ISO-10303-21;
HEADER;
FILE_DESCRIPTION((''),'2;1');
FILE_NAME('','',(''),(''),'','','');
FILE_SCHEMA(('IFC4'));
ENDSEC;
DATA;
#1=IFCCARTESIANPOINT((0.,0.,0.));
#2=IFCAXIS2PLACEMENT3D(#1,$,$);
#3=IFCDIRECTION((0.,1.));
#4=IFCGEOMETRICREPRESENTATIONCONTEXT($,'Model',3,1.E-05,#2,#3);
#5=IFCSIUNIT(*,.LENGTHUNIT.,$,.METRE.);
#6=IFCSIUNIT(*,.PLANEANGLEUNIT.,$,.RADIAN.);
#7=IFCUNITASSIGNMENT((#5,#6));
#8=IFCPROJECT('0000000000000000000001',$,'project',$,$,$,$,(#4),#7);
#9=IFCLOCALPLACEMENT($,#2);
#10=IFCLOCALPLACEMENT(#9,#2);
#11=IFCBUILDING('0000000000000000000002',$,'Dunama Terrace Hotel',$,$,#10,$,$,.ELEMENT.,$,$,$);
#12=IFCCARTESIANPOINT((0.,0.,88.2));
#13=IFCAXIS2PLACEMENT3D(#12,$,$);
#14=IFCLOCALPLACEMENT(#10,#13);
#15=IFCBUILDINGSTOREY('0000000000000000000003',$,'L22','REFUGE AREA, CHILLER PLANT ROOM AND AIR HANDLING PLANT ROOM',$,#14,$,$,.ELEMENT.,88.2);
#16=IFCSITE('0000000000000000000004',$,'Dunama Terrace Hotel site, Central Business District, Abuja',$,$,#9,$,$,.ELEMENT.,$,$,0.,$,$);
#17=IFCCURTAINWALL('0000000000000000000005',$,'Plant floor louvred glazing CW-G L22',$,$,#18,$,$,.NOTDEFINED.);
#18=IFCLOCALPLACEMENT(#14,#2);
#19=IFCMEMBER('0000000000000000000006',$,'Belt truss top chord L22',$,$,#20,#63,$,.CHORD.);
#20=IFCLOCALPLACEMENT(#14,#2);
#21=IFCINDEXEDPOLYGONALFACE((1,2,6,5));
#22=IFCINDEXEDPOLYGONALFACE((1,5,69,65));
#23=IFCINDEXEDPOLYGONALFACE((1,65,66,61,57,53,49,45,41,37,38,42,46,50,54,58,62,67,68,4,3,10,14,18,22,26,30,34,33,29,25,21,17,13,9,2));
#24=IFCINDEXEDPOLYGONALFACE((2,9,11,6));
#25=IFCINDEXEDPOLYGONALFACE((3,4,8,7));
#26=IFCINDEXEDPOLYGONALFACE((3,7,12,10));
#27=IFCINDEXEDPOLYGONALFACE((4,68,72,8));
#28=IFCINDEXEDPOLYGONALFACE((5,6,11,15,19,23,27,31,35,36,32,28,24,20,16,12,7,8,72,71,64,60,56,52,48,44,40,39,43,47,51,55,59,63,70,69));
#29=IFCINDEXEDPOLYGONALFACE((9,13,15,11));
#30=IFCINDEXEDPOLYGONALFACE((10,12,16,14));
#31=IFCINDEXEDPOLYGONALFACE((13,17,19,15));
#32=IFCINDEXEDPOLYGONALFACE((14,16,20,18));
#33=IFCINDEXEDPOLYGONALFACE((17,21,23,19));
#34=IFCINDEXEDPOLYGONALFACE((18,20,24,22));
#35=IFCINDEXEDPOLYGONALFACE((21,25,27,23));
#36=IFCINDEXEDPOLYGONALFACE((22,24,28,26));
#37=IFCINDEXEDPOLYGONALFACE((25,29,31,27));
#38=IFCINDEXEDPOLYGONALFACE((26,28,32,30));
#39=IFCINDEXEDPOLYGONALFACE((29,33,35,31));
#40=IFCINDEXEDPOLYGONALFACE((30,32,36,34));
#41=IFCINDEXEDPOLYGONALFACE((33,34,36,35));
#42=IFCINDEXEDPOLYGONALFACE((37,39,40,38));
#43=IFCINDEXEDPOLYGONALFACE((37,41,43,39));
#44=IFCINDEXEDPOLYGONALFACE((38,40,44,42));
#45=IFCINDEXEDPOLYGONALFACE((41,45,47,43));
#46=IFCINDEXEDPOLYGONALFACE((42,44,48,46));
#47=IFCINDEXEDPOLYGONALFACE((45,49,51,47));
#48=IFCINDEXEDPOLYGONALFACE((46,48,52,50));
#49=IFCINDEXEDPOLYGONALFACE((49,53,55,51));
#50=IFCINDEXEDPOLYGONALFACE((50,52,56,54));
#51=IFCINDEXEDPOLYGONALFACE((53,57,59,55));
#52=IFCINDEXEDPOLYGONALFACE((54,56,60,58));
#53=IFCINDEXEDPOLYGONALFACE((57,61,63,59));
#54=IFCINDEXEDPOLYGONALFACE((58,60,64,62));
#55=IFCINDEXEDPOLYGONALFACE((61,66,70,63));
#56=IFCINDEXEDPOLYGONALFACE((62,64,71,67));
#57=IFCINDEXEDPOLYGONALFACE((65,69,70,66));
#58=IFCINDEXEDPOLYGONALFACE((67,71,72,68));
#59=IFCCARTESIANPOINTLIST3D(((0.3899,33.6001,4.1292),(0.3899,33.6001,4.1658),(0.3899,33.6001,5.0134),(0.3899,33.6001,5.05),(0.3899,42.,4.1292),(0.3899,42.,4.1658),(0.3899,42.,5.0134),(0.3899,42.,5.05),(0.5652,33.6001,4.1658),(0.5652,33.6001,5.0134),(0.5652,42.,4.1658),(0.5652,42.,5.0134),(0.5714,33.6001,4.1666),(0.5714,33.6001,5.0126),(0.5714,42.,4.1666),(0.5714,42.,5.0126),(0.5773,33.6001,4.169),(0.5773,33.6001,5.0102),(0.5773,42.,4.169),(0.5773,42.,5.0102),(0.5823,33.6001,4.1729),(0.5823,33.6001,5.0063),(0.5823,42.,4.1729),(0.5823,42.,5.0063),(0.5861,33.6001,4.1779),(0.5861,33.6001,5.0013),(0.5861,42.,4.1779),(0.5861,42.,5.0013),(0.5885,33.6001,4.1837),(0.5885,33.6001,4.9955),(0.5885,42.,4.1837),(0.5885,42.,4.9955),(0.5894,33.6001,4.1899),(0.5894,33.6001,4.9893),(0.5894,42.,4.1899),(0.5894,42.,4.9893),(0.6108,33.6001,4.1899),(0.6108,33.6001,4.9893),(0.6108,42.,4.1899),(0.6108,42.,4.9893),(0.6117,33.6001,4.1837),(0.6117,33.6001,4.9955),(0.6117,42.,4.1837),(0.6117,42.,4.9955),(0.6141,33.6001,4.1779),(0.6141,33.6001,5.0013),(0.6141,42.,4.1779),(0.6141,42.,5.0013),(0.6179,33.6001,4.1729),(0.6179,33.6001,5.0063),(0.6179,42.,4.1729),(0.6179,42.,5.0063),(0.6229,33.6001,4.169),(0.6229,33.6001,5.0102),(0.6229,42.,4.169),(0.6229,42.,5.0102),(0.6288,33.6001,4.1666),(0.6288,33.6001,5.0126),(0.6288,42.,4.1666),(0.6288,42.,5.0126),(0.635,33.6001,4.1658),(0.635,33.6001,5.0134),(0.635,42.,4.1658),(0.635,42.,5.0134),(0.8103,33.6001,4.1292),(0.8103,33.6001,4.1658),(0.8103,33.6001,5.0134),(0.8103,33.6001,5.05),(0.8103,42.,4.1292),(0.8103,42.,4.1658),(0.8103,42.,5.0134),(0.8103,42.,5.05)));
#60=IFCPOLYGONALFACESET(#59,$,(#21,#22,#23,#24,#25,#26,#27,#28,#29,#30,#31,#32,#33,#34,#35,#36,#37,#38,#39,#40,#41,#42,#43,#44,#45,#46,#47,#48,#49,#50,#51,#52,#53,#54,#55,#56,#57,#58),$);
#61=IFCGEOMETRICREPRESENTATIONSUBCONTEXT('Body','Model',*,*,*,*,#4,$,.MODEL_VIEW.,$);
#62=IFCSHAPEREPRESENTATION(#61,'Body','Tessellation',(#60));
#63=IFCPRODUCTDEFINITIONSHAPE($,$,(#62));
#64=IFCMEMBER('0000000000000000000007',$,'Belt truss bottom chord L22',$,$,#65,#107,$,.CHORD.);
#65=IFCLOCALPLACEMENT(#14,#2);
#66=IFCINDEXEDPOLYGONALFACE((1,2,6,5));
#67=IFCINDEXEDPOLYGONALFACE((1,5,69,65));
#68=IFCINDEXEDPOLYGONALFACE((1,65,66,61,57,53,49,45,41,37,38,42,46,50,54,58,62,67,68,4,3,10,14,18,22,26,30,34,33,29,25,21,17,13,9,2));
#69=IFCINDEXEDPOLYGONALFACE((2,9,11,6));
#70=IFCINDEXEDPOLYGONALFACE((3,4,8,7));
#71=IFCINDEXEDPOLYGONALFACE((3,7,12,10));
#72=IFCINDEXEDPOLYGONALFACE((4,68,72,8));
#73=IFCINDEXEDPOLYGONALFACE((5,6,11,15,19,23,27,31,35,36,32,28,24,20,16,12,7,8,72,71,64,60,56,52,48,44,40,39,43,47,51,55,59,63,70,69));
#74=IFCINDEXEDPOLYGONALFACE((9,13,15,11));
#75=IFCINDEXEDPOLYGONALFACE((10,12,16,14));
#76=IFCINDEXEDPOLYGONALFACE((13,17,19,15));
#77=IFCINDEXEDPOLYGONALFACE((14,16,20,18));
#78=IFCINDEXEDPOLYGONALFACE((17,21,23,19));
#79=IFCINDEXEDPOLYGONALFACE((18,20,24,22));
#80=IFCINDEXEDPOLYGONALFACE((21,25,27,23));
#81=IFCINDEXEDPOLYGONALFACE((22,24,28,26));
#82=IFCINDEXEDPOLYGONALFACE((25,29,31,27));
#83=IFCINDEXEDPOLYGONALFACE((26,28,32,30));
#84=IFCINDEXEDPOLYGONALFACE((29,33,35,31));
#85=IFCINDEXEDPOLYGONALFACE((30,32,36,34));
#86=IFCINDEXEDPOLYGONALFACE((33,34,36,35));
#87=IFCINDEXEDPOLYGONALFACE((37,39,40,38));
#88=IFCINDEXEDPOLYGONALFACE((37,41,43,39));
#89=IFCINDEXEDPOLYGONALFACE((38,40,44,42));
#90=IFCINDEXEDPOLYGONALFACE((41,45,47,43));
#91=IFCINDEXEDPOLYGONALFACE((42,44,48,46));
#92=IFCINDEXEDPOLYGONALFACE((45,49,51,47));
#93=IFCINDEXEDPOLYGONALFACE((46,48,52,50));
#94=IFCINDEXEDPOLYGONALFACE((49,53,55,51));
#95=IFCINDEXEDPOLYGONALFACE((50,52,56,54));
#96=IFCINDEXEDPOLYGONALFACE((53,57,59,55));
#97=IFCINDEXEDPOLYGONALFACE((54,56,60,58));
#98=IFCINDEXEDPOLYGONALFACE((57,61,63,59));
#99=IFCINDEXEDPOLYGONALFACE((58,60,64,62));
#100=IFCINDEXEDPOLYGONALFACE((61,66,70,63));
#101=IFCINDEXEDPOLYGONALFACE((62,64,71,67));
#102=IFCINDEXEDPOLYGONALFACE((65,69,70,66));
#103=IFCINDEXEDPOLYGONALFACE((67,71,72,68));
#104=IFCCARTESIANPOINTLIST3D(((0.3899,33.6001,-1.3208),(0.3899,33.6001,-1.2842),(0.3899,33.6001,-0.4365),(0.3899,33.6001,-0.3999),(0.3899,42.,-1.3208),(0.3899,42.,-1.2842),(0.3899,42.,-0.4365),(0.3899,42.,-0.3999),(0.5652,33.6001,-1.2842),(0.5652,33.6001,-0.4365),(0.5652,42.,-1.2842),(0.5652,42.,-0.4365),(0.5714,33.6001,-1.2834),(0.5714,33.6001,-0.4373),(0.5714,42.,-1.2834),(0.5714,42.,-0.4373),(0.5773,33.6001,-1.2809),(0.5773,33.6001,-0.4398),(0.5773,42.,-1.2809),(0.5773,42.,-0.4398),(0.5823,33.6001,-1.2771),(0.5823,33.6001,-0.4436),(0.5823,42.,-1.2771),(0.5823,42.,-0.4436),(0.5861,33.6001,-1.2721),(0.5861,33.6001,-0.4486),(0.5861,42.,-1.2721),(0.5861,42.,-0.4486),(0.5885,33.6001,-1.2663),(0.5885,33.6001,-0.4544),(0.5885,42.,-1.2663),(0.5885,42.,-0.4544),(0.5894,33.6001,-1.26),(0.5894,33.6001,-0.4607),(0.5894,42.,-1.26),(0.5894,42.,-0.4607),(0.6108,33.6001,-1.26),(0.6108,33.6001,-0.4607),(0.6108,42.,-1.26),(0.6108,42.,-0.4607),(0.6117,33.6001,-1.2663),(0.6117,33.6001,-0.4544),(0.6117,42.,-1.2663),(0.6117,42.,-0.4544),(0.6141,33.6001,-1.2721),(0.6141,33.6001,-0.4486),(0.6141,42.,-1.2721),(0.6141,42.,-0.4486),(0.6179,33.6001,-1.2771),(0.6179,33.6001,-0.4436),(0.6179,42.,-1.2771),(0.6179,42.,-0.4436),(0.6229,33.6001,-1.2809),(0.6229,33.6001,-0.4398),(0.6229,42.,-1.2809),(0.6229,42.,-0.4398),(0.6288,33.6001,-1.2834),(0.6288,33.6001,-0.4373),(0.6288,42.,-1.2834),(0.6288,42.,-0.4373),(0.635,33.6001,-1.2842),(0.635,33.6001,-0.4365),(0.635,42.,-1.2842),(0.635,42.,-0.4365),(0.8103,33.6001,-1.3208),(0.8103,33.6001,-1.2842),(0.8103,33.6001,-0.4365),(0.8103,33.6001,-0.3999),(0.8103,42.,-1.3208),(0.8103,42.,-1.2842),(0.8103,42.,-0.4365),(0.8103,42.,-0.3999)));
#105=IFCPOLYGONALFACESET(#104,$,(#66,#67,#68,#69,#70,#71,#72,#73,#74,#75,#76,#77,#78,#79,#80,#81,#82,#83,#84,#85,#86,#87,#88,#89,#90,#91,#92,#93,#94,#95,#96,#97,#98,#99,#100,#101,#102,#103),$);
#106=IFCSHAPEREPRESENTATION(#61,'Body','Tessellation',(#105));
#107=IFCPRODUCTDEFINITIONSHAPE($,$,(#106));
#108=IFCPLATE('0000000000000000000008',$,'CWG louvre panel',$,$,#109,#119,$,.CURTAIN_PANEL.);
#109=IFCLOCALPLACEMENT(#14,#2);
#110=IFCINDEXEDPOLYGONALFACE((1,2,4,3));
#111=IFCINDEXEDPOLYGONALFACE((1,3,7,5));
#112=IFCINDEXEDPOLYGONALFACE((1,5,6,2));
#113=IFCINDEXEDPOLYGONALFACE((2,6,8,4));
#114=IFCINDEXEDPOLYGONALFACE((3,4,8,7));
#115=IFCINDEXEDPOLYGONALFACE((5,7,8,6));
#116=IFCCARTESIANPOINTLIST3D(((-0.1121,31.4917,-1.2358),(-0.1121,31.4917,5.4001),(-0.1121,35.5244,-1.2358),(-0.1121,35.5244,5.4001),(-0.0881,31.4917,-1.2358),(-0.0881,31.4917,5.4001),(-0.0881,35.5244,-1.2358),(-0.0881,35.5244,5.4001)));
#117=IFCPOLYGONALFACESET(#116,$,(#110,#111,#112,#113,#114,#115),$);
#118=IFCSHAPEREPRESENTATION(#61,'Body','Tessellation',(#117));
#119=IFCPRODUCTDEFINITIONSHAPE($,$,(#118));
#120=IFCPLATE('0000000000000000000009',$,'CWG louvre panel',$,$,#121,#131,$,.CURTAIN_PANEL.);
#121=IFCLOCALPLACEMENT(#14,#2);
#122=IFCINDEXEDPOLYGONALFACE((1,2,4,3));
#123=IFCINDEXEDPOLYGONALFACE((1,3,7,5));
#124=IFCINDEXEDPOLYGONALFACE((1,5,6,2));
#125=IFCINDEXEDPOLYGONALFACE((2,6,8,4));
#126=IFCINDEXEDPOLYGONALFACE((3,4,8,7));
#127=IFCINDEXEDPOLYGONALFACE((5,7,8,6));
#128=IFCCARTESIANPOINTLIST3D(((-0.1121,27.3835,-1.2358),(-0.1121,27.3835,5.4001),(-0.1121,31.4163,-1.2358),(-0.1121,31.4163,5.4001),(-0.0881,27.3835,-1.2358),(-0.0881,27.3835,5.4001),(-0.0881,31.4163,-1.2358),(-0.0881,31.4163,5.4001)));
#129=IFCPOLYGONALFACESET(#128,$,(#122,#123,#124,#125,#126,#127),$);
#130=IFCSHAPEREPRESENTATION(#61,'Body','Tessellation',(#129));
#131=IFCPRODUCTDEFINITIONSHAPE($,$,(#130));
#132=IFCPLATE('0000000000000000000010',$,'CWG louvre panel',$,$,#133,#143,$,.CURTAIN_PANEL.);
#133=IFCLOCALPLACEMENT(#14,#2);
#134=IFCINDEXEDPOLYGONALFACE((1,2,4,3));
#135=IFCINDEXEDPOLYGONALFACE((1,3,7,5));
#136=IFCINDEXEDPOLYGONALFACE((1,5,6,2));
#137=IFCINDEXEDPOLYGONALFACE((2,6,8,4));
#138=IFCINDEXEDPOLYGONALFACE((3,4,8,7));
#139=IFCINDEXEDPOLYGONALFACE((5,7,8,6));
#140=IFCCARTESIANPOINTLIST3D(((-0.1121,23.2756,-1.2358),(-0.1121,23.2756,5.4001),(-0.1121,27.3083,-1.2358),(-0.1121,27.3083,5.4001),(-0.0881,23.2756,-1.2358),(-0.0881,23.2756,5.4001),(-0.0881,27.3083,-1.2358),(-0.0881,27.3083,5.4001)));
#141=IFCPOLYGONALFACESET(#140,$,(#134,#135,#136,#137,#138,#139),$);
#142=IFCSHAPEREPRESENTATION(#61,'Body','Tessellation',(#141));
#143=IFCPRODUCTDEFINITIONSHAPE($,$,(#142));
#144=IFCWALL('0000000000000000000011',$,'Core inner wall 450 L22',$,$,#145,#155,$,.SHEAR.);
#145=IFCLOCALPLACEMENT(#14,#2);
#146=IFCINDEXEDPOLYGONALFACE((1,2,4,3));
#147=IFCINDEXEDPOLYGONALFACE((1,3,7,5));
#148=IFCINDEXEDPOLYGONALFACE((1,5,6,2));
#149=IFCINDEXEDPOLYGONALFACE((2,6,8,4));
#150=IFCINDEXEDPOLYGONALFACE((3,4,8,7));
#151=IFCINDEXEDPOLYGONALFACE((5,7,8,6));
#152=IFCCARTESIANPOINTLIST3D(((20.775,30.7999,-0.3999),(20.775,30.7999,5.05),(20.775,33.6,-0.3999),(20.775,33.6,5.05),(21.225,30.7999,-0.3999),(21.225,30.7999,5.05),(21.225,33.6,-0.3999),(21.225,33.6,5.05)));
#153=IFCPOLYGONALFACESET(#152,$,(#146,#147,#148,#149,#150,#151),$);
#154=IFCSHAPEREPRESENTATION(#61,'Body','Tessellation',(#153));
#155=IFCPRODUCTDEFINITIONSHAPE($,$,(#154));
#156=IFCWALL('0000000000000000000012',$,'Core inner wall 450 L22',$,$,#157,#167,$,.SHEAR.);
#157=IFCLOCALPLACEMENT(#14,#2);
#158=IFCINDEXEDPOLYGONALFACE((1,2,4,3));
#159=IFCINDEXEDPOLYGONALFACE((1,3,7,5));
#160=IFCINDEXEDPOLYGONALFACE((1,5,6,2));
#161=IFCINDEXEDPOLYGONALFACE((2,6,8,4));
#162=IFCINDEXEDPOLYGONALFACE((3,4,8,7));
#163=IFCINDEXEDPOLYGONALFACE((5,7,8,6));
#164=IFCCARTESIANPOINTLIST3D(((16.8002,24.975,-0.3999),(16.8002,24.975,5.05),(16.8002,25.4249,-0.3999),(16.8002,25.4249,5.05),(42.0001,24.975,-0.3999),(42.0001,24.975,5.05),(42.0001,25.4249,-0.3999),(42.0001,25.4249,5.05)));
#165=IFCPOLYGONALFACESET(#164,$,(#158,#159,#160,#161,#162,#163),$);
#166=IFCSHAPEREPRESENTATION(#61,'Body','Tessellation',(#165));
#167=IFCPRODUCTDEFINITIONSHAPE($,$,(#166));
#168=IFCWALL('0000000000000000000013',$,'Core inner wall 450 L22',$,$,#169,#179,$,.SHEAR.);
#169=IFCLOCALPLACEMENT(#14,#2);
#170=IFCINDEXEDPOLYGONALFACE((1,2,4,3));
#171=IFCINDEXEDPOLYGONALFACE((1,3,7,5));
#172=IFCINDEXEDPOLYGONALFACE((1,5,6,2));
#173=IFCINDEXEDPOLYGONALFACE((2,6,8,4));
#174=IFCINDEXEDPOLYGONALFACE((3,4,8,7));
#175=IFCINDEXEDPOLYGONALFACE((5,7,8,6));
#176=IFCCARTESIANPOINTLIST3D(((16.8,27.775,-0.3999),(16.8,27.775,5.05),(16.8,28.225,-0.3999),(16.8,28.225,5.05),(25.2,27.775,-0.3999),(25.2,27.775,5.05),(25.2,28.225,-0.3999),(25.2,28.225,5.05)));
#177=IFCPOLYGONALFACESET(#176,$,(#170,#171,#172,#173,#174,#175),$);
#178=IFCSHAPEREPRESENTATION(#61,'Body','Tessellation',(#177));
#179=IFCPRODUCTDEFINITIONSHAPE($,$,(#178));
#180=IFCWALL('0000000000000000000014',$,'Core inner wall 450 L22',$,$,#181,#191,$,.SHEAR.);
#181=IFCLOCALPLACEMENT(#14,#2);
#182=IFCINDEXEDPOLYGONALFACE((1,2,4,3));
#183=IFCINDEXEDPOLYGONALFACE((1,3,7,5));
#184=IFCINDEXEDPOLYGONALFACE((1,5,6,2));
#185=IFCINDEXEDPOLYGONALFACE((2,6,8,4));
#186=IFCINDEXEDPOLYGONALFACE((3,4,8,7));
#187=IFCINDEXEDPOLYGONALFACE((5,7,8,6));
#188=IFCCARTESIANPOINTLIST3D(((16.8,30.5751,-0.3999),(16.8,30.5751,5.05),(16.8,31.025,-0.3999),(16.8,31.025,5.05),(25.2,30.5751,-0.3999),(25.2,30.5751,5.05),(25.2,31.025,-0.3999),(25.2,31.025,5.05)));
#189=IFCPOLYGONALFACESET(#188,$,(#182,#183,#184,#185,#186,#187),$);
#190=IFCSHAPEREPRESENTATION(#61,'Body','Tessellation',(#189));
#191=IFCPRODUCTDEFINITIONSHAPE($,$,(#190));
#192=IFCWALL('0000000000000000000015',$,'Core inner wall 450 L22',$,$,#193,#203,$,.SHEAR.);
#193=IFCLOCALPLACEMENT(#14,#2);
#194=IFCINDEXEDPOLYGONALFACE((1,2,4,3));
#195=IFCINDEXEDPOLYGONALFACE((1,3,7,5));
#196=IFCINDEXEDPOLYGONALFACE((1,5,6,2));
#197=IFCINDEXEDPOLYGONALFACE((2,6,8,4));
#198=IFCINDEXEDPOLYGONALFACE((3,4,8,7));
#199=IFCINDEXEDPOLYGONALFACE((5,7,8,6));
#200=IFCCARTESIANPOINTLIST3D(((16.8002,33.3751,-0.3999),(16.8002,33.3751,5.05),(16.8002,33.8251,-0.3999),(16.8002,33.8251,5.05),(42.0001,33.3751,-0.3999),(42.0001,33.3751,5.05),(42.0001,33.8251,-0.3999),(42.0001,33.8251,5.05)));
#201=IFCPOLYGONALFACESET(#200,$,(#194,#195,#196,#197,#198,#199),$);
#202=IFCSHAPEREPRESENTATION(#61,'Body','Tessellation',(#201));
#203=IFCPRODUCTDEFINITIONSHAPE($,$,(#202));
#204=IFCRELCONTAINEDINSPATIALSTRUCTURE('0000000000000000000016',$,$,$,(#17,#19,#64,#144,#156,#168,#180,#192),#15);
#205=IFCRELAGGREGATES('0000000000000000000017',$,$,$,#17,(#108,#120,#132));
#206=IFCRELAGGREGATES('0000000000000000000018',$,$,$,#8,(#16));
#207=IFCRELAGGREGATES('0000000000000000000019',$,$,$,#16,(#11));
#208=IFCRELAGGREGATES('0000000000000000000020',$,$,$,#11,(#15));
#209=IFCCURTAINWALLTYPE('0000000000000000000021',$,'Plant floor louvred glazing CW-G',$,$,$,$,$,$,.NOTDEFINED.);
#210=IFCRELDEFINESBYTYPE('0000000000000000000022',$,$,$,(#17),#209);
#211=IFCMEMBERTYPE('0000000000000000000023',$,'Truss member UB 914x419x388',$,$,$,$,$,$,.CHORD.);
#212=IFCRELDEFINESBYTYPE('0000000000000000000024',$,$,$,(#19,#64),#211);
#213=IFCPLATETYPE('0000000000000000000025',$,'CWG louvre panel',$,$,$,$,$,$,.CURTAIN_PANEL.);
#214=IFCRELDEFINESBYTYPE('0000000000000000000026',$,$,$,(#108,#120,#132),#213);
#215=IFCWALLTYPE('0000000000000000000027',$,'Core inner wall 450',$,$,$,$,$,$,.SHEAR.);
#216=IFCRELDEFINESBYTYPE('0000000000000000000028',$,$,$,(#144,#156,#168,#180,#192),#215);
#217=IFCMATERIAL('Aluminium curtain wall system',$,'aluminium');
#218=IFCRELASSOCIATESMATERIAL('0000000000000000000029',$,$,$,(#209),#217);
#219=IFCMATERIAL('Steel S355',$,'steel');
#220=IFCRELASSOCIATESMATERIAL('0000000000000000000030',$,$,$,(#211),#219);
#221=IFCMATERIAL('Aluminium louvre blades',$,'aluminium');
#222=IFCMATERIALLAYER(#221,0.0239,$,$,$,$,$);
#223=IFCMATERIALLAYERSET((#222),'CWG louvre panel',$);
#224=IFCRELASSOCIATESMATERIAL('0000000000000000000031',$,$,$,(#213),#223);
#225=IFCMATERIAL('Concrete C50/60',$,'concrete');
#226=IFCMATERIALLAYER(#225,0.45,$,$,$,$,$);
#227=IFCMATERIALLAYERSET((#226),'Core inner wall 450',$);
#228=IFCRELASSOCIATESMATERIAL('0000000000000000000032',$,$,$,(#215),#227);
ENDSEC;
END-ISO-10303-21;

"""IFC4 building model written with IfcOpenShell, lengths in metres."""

from ifc_helpers import new_model, si_unit, direction, frame, frame_2d, origin, origin_2d, place, context, subcontext, project, spatial, rectangle, i_section, extrude, material, layer, layer_set, material_profile, profile_set, type_object, element, aggregate, save


model = new_model("IFC4")

# Units and contexts
model_context = context("Model", 3, precision=1e-05, world=origin(), true_north=direction((0.0, 1.0)))
body_context = subcontext(model_context, "Body", "Model", "MODEL_VIEW")
ifc_project = project(units=[si_unit("LENGTHUNIT", "METRE"), si_unit("PLANEANGLEUNIT", "RADIAN")], contexts=[model_context])

# Site, building, storey
site_placement = place(None, origin())
site = spatial("IfcSite", under=ifc_project, at=site_placement, Name="Dunama Terrace Hotel site, Central Business District, Abuja", CompositionType="ELEMENT", RefElevation=0.0)
building_placement = place(site_placement, origin())
building = spatial("IfcBuilding", under=site, at=building_placement, Name="Dunama Terrace Hotel", CompositionType="ELEMENT")
storey_placement = place(building_placement, frame((0.0, 0.0, 88.2)))
storey = spatial("IfcBuildingStorey", under=building, at=storey_placement, Name="L22", Description="REFUGE AREA, CHILLER PLANT ROOM AND AIR HANDLING PLANT ROOM", CompositionType="ELEMENT", Elevation=88.2)

# Curtain wall
ifc_material_1 = material(Name="Aluminium curtain wall system", Category="aluminium")
curtain_wall_type = type_object("IfcCurtainWallType", Name="Plant floor louvred glazing CW-G", PredefinedType="NOTDEFINED", material=ifc_material_1)
curtain_wall_placement = place(storey_placement, origin())
curtain_wall = element("IfcCurtainWall", 1, at=curtain_wall_placement, inside=storey, type_object=curtain_wall_type, Name="Plant floor louvred glazing CW-G L22", PredefinedType="NOTDEFINED")

# Members
ifc_material_2 = material(Name="Steel S355", Category="steel")
ifc_material_profile_1 = material_profile(ifc_material_2, i_section(OverallWidth=0.4204, OverallDepth=0.9209, WebThickness=0.0215, FlangeThickness=0.0366, FilletRadius=0.0242, at=origin_2d()), Name="UB 914x419x388")
ifc_profile_set_1 = profile_set([ifc_material_profile_1], Name="Steel S355")
member_type_1 = type_object("IfcMemberType", Name="Truss member UB 914x419x388", PredefinedType="CHORD", material=ifc_profile_set_1)
for number, where, z_axis, x_axis, name in (
    (2, (0.6001, 33.6001, 4.5896), (0.0, 1.0, 0.0), (-1.0, 0.0, 0.0), "Belt truss top chord L22"),
    (3, (0.6001, 33.6001, -0.8604), (0.0, 1.0, 0.0), (-1.0, 0.0, 0.0), "Belt truss bottom chord L22"),
):
    element("IfcMember", number, at=place(storey_placement, frame(where, z_axis=z_axis, x_axis=x_axis)), inside=storey, type_object=member_type_1, Name=name, PredefinedType="CHORD", context=body_context, shape_type="SweptSolid", body=[
        extrude(i_section(OverallWidth=0.4204, OverallDepth=0.9209, WebThickness=0.0215, FlangeThickness=0.0366, FilletRadius=0.0242, at=origin_2d()), origin(), (0.0, 0.0, 1.0), 8.3999),
    ])

# Plates
ifc_material_3 = material(Name="Aluminium louvre blades", Category="aluminium")
ifc_layer_1 = layer(ifc_material_3, 0.0239)
ifc_layer_set_1 = layer_set([ifc_layer_1], Name="CWG louvre panel")
plate_type = type_object("IfcPlateType", Name="CWG louvre panel", PredefinedType="CURTAIN_PANEL", material=ifc_layer_set_1)
plate_1_placement = place(storey_placement, frame((-0.1001, 33.5081, -1.2358), z_axis=(0.0, 0.0, 1.0), x_axis=(0.0, -1.0, 0.0)))
plate_1 = element("IfcPlate", 4, at=plate_1_placement, type_object=plate_type, Name="CWG louvre panel", PredefinedType="CURTAIN_PANEL", context=body_context, shape_type="SweptSolid", body=[
    extrude(rectangle(XDim=4.0327, YDim=0.0239, at=origin_2d()), origin(), (0.0, 0.0, 1.0), 6.636),
])
plate_2_placement = place(storey_placement, frame((-0.1001, 29.3999, -1.2358), z_axis=(0.0, 0.0, 1.0), x_axis=(0.0, -1.0, 0.0)))
plate_2 = element("IfcPlate", 5, at=plate_2_placement, type_object=plate_type, Name="CWG louvre panel", PredefinedType="CURTAIN_PANEL", context=body_context, shape_type="SweptSolid", body=[
    extrude(rectangle(XDim=4.0327, YDim=0.0239, at=origin_2d()), origin(), (0.0, 0.0, 1.0), 6.636),
])
plate_3_placement = place(storey_placement, frame((-0.1001, 25.292, -1.2358), z_axis=(0.0, 0.0, 1.0), x_axis=(0.0, -1.0, 0.0)))
plate_3 = element("IfcPlate", 6, at=plate_3_placement, type_object=plate_type, Name="CWG louvre panel", PredefinedType="CURTAIN_PANEL", context=body_context, shape_type="SweptSolid", body=[
    extrude(rectangle(XDim=4.0327, YDim=0.0239, at=origin_2d()), origin(), (0.0, 0.0, 1.0), 6.636),
])
aggregate(curtain_wall, [plate_1, plate_2, plate_3])

# Walls
ifc_material_4 = material(Name="Concrete C50/60", Category="concrete")
ifc_layer_2 = layer(ifc_material_4, 0.45)
ifc_layer_set_2 = layer_set([ifc_layer_2], Name="Core inner wall 450")
wall_type = type_object("IfcWallType", Name="Core inner wall 450", PredefinedType="SHEAR", material=ifc_layer_set_2)
wall_1_placement = place(storey_placement, frame((21.0, 30.8, -0.3999), z_axis=(0.0, 0.0, 1.0), x_axis=(0.0, 1.0, 0.0)))
element("IfcWall", 7, at=wall_1_placement, inside=storey, type_object=wall_type, Name="Core inner wall 450 L22", PredefinedType="SHEAR", context=body_context, shape_type="SweptSolid", body=[
    extrude(rectangle(XDim=2.8, YDim=0.45, at=frame_2d((1.3999, 0.0))), origin(), (0.0, 0.0, 1.0), 5.45),
])
wall_2_placement = place(storey_placement, frame((16.8, 25.2, -0.3999), z_axis=(0.0, 0.0, 1.0), x_axis=(1.0, 0.0, 0.0)))
element("IfcWall", 8, at=wall_2_placement, inside=storey, type_object=wall_type, Name="Core inner wall 450 L22", PredefinedType="SHEAR", context=body_context, shape_type="SweptSolid", body=[
    extrude(rectangle(XDim=25.2, YDim=0.45, at=frame_2d((12.6001, 0.0))), origin(), (0.0, 0.0, 1.0), 5.45),
])
for number, where, z_axis, x_axis, name in (
    (9, (16.8, 28.0, -0.3999), (0.0, 0.0, 1.0), (1.0, 0.0, 0.0), "Core inner wall 450 L22"),
    (10, (16.8, 30.8, -0.3999), (0.0, 0.0, 1.0), (1.0, 0.0, 0.0), "Core inner wall 450 L22"),
):
    element("IfcWall", number, at=place(storey_placement, frame(where, z_axis=z_axis, x_axis=x_axis)), inside=storey, type_object=wall_type, Name=name, PredefinedType="SHEAR", context=body_context, shape_type="SweptSolid", body=[
        extrude(rectangle(XDim=8.3999, YDim=0.45, at=frame_2d((4.2, 0.0))), origin(), (0.0, 0.0, 1.0), 5.45),
    ])
wall_3_placement = place(storey_placement, frame((16.8, 33.6001, -0.3999), z_axis=(0.0, 0.0, 1.0), x_axis=(1.0, 0.0, 0.0)))
element("IfcWall", 11, at=wall_3_placement, inside=storey, type_object=wall_type, Name="Core inner wall 450 L22", PredefinedType="SHEAR", context=body_context, shape_type="SweptSolid", body=[
    extrude(rectangle(XDim=25.2, YDim=0.45, at=frame_2d((12.6001, 0.0))), origin(), (0.0, 0.0, 1.0), 5.45),
])

save(model, "model.ifc")
